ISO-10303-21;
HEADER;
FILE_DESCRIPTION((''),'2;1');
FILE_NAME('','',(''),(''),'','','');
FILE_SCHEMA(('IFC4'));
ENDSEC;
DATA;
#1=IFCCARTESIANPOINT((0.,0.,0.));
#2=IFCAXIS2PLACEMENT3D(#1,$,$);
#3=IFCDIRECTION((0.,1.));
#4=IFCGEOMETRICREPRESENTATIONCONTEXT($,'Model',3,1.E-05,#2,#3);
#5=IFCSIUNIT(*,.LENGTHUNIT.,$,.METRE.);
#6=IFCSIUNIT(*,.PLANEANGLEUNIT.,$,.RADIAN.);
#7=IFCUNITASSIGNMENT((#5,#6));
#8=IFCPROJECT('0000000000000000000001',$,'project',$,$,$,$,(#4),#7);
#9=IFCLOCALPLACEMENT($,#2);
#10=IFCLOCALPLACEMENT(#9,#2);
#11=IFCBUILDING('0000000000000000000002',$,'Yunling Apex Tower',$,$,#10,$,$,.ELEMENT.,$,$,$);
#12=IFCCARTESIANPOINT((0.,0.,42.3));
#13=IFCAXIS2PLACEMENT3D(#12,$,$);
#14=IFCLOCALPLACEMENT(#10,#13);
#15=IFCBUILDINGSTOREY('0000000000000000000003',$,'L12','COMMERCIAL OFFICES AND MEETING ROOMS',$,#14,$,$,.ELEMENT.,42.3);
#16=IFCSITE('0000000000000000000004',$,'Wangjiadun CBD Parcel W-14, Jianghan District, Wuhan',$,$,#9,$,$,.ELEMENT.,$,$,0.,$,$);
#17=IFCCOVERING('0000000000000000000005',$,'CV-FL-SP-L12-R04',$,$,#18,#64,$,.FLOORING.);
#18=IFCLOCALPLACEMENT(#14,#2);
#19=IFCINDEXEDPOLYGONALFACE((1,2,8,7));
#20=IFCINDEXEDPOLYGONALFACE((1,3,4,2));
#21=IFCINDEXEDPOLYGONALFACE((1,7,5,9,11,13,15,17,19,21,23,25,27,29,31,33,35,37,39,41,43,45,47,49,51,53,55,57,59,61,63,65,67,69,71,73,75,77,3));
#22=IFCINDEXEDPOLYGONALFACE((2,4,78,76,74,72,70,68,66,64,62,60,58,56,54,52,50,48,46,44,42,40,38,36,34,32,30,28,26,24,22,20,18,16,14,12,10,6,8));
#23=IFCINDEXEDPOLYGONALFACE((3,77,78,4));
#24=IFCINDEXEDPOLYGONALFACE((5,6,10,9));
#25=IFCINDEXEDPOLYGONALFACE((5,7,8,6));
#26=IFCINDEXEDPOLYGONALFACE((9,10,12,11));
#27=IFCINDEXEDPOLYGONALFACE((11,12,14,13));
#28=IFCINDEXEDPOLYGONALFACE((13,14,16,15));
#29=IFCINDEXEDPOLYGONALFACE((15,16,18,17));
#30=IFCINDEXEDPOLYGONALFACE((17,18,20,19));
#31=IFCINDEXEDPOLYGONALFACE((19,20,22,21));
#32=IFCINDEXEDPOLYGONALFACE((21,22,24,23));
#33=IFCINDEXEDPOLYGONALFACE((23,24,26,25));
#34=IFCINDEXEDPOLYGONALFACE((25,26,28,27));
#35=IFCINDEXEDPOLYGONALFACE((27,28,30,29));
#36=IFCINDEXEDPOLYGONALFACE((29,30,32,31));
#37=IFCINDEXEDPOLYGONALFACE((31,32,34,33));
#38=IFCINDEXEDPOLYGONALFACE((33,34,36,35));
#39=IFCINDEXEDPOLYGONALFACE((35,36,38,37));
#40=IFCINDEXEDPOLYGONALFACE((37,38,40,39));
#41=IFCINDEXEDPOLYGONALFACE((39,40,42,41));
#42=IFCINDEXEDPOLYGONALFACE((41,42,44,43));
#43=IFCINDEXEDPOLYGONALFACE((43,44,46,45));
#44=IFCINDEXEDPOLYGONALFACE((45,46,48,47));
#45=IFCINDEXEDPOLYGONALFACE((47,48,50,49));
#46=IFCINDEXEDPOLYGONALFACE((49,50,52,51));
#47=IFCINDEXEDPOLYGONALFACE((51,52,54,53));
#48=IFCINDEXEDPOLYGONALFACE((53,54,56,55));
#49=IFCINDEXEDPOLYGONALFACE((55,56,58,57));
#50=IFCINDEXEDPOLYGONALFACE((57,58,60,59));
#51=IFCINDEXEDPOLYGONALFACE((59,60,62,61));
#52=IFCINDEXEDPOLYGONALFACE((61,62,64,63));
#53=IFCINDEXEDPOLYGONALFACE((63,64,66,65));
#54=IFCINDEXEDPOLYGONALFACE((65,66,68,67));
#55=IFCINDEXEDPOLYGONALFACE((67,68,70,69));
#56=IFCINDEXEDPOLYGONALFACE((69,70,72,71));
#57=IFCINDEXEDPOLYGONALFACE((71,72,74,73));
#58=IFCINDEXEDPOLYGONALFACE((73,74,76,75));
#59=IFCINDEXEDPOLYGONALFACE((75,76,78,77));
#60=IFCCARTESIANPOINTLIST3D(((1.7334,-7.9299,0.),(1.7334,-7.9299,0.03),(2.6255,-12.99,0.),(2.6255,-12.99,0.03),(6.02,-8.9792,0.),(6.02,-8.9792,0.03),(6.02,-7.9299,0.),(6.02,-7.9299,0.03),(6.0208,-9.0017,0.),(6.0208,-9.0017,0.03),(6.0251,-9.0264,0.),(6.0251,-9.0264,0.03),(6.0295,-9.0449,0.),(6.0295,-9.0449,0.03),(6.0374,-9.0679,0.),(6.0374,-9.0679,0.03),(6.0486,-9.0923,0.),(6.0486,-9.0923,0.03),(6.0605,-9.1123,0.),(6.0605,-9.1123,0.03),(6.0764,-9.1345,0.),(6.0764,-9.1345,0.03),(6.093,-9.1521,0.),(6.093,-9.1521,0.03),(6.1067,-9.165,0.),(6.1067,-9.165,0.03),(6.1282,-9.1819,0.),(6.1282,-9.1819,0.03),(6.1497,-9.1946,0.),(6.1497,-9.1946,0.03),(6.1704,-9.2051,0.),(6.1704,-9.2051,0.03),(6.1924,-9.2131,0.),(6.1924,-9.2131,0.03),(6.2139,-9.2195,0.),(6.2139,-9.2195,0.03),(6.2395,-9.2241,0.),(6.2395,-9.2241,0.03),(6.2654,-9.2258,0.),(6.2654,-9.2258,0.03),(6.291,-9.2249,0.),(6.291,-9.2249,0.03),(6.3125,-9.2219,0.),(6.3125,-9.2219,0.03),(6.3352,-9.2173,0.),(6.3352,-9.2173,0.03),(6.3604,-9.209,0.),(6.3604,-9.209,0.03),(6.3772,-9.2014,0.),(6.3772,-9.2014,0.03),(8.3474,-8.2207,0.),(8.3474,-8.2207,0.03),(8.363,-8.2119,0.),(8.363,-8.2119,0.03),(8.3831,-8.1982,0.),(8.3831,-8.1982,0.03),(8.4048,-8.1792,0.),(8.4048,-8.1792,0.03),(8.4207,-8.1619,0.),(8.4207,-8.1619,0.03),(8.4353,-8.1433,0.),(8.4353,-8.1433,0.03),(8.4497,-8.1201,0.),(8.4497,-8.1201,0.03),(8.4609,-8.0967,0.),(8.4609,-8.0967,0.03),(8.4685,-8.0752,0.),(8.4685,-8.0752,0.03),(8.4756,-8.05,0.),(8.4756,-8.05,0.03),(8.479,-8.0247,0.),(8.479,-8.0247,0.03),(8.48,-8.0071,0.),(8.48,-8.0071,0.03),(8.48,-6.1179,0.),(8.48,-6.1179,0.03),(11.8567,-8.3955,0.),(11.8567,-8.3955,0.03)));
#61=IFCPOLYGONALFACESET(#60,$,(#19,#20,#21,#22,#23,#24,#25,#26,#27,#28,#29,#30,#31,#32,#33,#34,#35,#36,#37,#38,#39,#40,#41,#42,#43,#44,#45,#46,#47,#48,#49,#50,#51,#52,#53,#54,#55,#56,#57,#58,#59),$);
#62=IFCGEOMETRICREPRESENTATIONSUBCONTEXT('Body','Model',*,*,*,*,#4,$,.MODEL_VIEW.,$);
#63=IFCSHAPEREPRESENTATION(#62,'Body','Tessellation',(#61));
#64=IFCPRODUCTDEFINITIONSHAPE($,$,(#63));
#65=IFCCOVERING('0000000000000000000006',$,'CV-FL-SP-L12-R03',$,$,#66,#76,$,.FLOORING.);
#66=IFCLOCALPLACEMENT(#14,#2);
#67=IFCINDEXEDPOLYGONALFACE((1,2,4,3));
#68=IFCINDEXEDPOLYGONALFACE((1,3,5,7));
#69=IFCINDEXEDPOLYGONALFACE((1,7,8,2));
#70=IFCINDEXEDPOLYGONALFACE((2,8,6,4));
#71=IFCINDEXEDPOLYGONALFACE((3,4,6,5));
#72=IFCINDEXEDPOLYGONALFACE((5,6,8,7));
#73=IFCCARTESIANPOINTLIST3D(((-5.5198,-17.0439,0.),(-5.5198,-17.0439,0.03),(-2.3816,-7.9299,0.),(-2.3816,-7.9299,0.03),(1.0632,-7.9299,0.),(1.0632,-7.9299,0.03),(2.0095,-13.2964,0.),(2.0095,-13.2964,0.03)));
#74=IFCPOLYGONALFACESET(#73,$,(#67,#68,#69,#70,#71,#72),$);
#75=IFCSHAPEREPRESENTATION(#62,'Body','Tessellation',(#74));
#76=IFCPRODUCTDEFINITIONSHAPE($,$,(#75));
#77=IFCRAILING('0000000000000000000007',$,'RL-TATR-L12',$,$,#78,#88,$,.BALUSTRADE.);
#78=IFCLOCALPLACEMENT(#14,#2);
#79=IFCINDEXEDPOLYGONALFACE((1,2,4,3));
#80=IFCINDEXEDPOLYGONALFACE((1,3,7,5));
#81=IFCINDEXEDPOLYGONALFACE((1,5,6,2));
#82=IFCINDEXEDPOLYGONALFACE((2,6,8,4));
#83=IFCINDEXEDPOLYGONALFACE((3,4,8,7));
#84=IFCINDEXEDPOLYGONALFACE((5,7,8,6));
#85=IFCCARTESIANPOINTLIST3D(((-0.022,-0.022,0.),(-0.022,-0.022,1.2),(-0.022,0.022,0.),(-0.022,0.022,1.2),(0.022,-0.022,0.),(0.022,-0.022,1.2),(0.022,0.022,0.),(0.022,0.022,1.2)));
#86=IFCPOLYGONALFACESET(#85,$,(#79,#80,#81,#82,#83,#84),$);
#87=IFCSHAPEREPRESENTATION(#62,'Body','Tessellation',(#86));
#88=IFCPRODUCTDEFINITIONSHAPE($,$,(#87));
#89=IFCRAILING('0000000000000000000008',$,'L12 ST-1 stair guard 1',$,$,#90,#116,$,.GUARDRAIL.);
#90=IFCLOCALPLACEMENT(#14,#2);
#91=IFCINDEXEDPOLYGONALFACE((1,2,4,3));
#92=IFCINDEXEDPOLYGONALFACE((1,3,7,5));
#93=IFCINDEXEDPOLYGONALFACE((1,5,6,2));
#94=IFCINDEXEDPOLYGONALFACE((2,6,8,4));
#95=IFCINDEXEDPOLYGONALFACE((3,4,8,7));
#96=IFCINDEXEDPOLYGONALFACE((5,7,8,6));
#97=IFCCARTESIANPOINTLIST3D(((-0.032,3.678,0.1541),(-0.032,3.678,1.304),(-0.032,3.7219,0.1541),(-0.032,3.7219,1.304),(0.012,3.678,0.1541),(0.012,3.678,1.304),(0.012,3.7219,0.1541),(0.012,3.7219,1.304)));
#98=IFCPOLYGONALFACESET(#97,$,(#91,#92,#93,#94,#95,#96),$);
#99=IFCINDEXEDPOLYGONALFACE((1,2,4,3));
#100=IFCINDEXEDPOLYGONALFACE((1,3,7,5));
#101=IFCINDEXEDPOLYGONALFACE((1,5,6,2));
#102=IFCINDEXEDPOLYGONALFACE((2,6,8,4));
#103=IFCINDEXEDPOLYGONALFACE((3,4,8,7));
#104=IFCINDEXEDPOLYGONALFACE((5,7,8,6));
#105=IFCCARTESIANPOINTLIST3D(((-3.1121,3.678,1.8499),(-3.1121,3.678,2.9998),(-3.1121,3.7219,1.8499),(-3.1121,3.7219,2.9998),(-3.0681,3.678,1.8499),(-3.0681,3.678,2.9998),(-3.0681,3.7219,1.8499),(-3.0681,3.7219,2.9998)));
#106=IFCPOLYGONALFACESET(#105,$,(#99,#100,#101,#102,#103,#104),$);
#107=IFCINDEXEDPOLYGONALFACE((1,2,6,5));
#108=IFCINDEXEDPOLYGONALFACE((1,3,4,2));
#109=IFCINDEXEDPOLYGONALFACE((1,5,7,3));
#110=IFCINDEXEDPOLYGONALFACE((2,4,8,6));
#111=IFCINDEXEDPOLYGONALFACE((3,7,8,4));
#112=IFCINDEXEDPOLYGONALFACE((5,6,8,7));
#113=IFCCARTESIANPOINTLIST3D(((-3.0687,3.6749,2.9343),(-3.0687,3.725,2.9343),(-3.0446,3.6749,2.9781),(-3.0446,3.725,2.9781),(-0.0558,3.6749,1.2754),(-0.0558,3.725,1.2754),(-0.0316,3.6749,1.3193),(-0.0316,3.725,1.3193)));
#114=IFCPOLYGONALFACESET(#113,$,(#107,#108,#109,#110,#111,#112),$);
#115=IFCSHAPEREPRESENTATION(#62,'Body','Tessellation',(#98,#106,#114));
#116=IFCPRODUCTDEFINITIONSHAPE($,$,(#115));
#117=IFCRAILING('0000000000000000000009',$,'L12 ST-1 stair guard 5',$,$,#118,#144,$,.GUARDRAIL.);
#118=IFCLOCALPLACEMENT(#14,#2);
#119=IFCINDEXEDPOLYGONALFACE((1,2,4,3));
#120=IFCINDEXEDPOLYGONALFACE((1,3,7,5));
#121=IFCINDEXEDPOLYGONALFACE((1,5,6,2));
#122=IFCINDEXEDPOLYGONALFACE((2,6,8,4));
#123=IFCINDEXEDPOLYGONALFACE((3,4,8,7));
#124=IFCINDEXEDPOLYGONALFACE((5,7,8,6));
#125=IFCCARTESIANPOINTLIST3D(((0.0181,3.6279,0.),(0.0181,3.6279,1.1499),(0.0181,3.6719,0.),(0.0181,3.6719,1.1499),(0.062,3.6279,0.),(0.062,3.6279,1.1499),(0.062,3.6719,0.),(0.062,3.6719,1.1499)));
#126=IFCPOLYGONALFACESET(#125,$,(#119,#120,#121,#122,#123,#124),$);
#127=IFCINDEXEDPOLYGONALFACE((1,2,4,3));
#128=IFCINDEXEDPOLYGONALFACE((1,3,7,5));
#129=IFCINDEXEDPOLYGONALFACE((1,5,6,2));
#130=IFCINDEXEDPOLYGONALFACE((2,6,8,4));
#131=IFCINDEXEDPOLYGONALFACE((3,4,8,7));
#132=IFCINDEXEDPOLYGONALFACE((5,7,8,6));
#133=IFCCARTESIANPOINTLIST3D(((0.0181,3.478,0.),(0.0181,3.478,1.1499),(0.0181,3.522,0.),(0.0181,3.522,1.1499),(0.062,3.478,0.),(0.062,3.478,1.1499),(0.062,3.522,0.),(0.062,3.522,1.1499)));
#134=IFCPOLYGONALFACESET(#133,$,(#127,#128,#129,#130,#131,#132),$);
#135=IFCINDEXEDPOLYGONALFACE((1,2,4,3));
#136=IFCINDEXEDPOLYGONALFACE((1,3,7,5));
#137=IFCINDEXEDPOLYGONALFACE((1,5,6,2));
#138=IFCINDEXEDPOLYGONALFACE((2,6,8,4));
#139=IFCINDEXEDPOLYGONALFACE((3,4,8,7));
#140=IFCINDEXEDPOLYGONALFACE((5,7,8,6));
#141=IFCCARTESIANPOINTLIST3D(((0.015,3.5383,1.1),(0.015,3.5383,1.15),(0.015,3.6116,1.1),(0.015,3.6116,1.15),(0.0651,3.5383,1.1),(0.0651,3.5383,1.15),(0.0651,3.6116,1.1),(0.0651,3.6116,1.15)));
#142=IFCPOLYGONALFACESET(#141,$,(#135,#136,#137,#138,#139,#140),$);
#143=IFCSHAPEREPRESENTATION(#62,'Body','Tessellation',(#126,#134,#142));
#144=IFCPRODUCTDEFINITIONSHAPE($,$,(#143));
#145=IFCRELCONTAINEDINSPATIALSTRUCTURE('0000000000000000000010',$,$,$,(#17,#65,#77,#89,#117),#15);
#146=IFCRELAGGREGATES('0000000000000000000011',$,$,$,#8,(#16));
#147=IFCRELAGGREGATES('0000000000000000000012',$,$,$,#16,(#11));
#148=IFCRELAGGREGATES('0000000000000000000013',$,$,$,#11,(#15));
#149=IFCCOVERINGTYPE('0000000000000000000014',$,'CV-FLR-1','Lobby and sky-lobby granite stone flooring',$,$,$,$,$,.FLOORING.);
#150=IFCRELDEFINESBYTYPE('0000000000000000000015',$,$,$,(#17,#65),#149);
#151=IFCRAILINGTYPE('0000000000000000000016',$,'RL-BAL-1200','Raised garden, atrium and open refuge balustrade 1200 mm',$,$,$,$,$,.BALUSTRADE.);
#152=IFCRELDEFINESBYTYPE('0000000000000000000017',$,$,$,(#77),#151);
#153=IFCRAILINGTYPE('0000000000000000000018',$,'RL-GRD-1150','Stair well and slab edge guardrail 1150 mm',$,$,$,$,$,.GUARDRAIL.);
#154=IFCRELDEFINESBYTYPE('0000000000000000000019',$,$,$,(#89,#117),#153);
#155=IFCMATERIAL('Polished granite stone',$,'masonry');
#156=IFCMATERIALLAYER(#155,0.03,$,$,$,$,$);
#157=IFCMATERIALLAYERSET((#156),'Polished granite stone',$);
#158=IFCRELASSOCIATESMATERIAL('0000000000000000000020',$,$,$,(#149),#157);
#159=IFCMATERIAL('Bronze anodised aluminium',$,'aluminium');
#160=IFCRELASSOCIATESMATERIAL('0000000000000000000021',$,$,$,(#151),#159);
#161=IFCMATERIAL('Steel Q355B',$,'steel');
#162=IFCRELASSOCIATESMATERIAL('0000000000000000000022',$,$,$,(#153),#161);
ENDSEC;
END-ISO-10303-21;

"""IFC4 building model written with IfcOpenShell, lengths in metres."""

from ifc_helpers import new_model, si_unit, direction, frame, origin, origin_2d, place, context, subcontext, project, spatial, polyline, rectangle, outline, extrude, material, layer, layer_set, type_object, element, save


model = new_model("IFC4")

# Units and contexts
model_context = context("Model", 3, precision=1e-05, world=origin(), true_north=direction((0.0, 1.0)))
body_context = subcontext(model_context, "Body", "Model", "MODEL_VIEW")
ifc_project = project(units=[si_unit("LENGTHUNIT", "METRE"), si_unit("PLANEANGLEUNIT", "RADIAN")], contexts=[model_context])

# Site, building, storey
site_placement = place(None, origin())
site = spatial("IfcSite", under=ifc_project, at=site_placement, Name="Wangjiadun CBD Parcel W-14, Jianghan District, Wuhan", CompositionType="ELEMENT", RefElevation=0.0)
building_placement = place(site_placement, origin())
building = spatial("IfcBuilding", under=site, at=building_placement, Name="Yunling Apex Tower", CompositionType="ELEMENT")
storey_placement = place(building_placement, frame((0.0, 0.0, 42.3)))
storey = spatial("IfcBuildingStorey", under=building, at=storey_placement, Name="L12", Description="COMMERCIAL OFFICES AND MEETING ROOMS", CompositionType="ELEMENT", Elevation=42.3)

# Shared definitions
ifc_material_1 = material(Name="Steel Q355B", Category="steel")

# Coverings
ifc_material_2 = material(Name="Polished granite stone", Category="masonry")
ifc_layer_1 = layer(ifc_material_2, 0.03)
ifc_layer_set_1 = layer_set([ifc_layer_1], Name="Polished granite stone")
covering_type_1 = type_object("IfcCoveringType", Name="CV-FLR-1", Description="Lobby and sky-lobby granite stone flooring", PredefinedType="FLOORING", material=ifc_layer_set_1)
covering_1_placement = place(storey_placement, origin())
element("IfcCovering", 1, at=covering_1_placement, inside=storey, type_object=covering_type_1, Name="CV-FL-SP-L12-R04", PredefinedType="FLOORING", context=body_context, shape_type="SweptSolid", body=[
    extrude(outline(polyline([(11.8567, -8.3955), (2.6255, -12.99), (1.7334, -7.9299), (6.02, -7.9299), (6.02, -8.9792), (6.0208, -9.0017), (6.0251, -9.0264), (6.0295, -9.0449), (6.0374, -9.0679), (6.0486, -9.0923), (6.0605, -9.1123), (6.0764, -9.1345), (6.093, -9.1521), (6.1067, -9.165), (6.1282, -9.1819), (6.1497, -9.1946), (6.1704, -9.2051), (6.1924, -9.2131), (6.2139, -9.2195), (6.2395, -9.2241), (6.2654, -9.2258), (6.291, -9.2249), (6.3125, -9.2219), (6.3352, -9.2173), (6.3604, -9.209), (6.3772, -9.2014), (8.3474, -8.2207), (8.363, -8.2119), (8.3831, -8.1982), (8.4048, -8.1792), (8.4207, -8.1619), (8.4353, -8.1433), (8.4497, -8.1201), (8.4609, -8.0967), (8.4685, -8.0752), (8.4756, -8.05), (8.479, -8.0247), (8.48, -8.0071), (8.48, -6.1179), (11.8567, -8.3955)])), origin(), (0.0, 0.0, 1.0), 0.03),
])
covering_2_placement = place(storey_placement, origin())
element("IfcCovering", 2, at=covering_2_placement, inside=storey, type_object=covering_type_1, Name="CV-FL-SP-L12-R03", PredefinedType="FLOORING", context=body_context, shape_type="SweptSolid", body=[
    extrude(outline(polyline([(2.0095, -13.2964), (-5.5198, -17.0439), (-2.3816, -7.9299), (1.0632, -7.9299), (2.0095, -13.2964)])), origin(), (0.0, 0.0, 1.0), 0.03),
])

# Railings
ifc_material_3 = material(Name="Bronze anodised aluminium", Category="aluminium")
railing_type_1 = type_object("IfcRailingType", Name="RL-BAL-1200", Description="Raised garden, atrium and open refuge balustrade 1200 mm", PredefinedType="BALUSTRADE", material=ifc_material_3)
railing_1_placement = place(storey_placement, origin())
element("IfcRailing", 3, at=railing_1_placement, inside=storey, type_object=railing_type_1, Name="RL-TATR-L12", PredefinedType="BALUSTRADE", context=body_context, shape_type="SweptSolid", body=[
    extrude(rectangle(XDim=0.0439, YDim=0.0439, at=origin_2d()), origin(), (0.0, 0.0, 1.0), 1.2),
])
railing_type_2 = type_object("IfcRailingType", Name="RL-GRD-1150", Description="Stair well and slab edge guardrail 1150 mm", PredefinedType="GUARDRAIL", material=ifc_material_1)
railing_2_placement = place(storey_placement, frame((-0.01, 3.7, 0.1541)))
element("IfcRailing", 4, at=railing_2_placement, inside=storey, type_object=railing_type_2, Name="L12 ST-1 stair guard 1", PredefinedType="GUARDRAIL", context=body_context, shape_type="SweptSolid", body=[
    extrude(rectangle(XDim=0.0439, YDim=0.0439, at=origin_2d()), origin(), (0.0, 0.0, 1.0), 1.1499),
    extrude(rectangle(XDim=0.0439, YDim=0.0439, at=origin_2d()), frame((-3.0801, 0.0, 1.6958)), (0.0, 0.0, 1.0), 1.1499),
    extrude(rectangle(XDim=0.05, YDim=0.05, at=origin_2d()), frame((-0.0337, 0.0, 1.1433), z_axis=(-0.876005, 0.0, 0.482303), x_axis=(0.0, -1.0, 0.0)), (0.0, 0.0, 1.0), 3.4395),
])
railing_3_placement = place(storey_placement, frame((0.04, 3.6499, 0.0)))
element("IfcRailing", 5, at=railing_3_placement, inside=storey, type_object=railing_type_2, Name="L12 ST-1 stair guard 5", PredefinedType="GUARDRAIL", context=body_context, shape_type="SweptSolid", body=[
    extrude(rectangle(XDim=0.0439, YDim=0.0439, at=origin_2d()), origin(), (0.0, 0.0, 1.0), 1.1499),
    extrude(rectangle(XDim=0.0439, YDim=0.0439, at=origin_2d()), frame((0.0, -0.1499, 0.0)), (0.0, 0.0, 1.0), 1.1499),
    extrude(rectangle(XDim=0.05, YDim=0.05, at=origin_2d()), frame((0.0, -0.0383, 1.125), z_axis=(0.0, -1.0, 0.0), x_axis=(1.0, 0.0, 0.0)), (0.0, 0.0, 1.0), 0.0732),
])

save(model, "model.ifc")
